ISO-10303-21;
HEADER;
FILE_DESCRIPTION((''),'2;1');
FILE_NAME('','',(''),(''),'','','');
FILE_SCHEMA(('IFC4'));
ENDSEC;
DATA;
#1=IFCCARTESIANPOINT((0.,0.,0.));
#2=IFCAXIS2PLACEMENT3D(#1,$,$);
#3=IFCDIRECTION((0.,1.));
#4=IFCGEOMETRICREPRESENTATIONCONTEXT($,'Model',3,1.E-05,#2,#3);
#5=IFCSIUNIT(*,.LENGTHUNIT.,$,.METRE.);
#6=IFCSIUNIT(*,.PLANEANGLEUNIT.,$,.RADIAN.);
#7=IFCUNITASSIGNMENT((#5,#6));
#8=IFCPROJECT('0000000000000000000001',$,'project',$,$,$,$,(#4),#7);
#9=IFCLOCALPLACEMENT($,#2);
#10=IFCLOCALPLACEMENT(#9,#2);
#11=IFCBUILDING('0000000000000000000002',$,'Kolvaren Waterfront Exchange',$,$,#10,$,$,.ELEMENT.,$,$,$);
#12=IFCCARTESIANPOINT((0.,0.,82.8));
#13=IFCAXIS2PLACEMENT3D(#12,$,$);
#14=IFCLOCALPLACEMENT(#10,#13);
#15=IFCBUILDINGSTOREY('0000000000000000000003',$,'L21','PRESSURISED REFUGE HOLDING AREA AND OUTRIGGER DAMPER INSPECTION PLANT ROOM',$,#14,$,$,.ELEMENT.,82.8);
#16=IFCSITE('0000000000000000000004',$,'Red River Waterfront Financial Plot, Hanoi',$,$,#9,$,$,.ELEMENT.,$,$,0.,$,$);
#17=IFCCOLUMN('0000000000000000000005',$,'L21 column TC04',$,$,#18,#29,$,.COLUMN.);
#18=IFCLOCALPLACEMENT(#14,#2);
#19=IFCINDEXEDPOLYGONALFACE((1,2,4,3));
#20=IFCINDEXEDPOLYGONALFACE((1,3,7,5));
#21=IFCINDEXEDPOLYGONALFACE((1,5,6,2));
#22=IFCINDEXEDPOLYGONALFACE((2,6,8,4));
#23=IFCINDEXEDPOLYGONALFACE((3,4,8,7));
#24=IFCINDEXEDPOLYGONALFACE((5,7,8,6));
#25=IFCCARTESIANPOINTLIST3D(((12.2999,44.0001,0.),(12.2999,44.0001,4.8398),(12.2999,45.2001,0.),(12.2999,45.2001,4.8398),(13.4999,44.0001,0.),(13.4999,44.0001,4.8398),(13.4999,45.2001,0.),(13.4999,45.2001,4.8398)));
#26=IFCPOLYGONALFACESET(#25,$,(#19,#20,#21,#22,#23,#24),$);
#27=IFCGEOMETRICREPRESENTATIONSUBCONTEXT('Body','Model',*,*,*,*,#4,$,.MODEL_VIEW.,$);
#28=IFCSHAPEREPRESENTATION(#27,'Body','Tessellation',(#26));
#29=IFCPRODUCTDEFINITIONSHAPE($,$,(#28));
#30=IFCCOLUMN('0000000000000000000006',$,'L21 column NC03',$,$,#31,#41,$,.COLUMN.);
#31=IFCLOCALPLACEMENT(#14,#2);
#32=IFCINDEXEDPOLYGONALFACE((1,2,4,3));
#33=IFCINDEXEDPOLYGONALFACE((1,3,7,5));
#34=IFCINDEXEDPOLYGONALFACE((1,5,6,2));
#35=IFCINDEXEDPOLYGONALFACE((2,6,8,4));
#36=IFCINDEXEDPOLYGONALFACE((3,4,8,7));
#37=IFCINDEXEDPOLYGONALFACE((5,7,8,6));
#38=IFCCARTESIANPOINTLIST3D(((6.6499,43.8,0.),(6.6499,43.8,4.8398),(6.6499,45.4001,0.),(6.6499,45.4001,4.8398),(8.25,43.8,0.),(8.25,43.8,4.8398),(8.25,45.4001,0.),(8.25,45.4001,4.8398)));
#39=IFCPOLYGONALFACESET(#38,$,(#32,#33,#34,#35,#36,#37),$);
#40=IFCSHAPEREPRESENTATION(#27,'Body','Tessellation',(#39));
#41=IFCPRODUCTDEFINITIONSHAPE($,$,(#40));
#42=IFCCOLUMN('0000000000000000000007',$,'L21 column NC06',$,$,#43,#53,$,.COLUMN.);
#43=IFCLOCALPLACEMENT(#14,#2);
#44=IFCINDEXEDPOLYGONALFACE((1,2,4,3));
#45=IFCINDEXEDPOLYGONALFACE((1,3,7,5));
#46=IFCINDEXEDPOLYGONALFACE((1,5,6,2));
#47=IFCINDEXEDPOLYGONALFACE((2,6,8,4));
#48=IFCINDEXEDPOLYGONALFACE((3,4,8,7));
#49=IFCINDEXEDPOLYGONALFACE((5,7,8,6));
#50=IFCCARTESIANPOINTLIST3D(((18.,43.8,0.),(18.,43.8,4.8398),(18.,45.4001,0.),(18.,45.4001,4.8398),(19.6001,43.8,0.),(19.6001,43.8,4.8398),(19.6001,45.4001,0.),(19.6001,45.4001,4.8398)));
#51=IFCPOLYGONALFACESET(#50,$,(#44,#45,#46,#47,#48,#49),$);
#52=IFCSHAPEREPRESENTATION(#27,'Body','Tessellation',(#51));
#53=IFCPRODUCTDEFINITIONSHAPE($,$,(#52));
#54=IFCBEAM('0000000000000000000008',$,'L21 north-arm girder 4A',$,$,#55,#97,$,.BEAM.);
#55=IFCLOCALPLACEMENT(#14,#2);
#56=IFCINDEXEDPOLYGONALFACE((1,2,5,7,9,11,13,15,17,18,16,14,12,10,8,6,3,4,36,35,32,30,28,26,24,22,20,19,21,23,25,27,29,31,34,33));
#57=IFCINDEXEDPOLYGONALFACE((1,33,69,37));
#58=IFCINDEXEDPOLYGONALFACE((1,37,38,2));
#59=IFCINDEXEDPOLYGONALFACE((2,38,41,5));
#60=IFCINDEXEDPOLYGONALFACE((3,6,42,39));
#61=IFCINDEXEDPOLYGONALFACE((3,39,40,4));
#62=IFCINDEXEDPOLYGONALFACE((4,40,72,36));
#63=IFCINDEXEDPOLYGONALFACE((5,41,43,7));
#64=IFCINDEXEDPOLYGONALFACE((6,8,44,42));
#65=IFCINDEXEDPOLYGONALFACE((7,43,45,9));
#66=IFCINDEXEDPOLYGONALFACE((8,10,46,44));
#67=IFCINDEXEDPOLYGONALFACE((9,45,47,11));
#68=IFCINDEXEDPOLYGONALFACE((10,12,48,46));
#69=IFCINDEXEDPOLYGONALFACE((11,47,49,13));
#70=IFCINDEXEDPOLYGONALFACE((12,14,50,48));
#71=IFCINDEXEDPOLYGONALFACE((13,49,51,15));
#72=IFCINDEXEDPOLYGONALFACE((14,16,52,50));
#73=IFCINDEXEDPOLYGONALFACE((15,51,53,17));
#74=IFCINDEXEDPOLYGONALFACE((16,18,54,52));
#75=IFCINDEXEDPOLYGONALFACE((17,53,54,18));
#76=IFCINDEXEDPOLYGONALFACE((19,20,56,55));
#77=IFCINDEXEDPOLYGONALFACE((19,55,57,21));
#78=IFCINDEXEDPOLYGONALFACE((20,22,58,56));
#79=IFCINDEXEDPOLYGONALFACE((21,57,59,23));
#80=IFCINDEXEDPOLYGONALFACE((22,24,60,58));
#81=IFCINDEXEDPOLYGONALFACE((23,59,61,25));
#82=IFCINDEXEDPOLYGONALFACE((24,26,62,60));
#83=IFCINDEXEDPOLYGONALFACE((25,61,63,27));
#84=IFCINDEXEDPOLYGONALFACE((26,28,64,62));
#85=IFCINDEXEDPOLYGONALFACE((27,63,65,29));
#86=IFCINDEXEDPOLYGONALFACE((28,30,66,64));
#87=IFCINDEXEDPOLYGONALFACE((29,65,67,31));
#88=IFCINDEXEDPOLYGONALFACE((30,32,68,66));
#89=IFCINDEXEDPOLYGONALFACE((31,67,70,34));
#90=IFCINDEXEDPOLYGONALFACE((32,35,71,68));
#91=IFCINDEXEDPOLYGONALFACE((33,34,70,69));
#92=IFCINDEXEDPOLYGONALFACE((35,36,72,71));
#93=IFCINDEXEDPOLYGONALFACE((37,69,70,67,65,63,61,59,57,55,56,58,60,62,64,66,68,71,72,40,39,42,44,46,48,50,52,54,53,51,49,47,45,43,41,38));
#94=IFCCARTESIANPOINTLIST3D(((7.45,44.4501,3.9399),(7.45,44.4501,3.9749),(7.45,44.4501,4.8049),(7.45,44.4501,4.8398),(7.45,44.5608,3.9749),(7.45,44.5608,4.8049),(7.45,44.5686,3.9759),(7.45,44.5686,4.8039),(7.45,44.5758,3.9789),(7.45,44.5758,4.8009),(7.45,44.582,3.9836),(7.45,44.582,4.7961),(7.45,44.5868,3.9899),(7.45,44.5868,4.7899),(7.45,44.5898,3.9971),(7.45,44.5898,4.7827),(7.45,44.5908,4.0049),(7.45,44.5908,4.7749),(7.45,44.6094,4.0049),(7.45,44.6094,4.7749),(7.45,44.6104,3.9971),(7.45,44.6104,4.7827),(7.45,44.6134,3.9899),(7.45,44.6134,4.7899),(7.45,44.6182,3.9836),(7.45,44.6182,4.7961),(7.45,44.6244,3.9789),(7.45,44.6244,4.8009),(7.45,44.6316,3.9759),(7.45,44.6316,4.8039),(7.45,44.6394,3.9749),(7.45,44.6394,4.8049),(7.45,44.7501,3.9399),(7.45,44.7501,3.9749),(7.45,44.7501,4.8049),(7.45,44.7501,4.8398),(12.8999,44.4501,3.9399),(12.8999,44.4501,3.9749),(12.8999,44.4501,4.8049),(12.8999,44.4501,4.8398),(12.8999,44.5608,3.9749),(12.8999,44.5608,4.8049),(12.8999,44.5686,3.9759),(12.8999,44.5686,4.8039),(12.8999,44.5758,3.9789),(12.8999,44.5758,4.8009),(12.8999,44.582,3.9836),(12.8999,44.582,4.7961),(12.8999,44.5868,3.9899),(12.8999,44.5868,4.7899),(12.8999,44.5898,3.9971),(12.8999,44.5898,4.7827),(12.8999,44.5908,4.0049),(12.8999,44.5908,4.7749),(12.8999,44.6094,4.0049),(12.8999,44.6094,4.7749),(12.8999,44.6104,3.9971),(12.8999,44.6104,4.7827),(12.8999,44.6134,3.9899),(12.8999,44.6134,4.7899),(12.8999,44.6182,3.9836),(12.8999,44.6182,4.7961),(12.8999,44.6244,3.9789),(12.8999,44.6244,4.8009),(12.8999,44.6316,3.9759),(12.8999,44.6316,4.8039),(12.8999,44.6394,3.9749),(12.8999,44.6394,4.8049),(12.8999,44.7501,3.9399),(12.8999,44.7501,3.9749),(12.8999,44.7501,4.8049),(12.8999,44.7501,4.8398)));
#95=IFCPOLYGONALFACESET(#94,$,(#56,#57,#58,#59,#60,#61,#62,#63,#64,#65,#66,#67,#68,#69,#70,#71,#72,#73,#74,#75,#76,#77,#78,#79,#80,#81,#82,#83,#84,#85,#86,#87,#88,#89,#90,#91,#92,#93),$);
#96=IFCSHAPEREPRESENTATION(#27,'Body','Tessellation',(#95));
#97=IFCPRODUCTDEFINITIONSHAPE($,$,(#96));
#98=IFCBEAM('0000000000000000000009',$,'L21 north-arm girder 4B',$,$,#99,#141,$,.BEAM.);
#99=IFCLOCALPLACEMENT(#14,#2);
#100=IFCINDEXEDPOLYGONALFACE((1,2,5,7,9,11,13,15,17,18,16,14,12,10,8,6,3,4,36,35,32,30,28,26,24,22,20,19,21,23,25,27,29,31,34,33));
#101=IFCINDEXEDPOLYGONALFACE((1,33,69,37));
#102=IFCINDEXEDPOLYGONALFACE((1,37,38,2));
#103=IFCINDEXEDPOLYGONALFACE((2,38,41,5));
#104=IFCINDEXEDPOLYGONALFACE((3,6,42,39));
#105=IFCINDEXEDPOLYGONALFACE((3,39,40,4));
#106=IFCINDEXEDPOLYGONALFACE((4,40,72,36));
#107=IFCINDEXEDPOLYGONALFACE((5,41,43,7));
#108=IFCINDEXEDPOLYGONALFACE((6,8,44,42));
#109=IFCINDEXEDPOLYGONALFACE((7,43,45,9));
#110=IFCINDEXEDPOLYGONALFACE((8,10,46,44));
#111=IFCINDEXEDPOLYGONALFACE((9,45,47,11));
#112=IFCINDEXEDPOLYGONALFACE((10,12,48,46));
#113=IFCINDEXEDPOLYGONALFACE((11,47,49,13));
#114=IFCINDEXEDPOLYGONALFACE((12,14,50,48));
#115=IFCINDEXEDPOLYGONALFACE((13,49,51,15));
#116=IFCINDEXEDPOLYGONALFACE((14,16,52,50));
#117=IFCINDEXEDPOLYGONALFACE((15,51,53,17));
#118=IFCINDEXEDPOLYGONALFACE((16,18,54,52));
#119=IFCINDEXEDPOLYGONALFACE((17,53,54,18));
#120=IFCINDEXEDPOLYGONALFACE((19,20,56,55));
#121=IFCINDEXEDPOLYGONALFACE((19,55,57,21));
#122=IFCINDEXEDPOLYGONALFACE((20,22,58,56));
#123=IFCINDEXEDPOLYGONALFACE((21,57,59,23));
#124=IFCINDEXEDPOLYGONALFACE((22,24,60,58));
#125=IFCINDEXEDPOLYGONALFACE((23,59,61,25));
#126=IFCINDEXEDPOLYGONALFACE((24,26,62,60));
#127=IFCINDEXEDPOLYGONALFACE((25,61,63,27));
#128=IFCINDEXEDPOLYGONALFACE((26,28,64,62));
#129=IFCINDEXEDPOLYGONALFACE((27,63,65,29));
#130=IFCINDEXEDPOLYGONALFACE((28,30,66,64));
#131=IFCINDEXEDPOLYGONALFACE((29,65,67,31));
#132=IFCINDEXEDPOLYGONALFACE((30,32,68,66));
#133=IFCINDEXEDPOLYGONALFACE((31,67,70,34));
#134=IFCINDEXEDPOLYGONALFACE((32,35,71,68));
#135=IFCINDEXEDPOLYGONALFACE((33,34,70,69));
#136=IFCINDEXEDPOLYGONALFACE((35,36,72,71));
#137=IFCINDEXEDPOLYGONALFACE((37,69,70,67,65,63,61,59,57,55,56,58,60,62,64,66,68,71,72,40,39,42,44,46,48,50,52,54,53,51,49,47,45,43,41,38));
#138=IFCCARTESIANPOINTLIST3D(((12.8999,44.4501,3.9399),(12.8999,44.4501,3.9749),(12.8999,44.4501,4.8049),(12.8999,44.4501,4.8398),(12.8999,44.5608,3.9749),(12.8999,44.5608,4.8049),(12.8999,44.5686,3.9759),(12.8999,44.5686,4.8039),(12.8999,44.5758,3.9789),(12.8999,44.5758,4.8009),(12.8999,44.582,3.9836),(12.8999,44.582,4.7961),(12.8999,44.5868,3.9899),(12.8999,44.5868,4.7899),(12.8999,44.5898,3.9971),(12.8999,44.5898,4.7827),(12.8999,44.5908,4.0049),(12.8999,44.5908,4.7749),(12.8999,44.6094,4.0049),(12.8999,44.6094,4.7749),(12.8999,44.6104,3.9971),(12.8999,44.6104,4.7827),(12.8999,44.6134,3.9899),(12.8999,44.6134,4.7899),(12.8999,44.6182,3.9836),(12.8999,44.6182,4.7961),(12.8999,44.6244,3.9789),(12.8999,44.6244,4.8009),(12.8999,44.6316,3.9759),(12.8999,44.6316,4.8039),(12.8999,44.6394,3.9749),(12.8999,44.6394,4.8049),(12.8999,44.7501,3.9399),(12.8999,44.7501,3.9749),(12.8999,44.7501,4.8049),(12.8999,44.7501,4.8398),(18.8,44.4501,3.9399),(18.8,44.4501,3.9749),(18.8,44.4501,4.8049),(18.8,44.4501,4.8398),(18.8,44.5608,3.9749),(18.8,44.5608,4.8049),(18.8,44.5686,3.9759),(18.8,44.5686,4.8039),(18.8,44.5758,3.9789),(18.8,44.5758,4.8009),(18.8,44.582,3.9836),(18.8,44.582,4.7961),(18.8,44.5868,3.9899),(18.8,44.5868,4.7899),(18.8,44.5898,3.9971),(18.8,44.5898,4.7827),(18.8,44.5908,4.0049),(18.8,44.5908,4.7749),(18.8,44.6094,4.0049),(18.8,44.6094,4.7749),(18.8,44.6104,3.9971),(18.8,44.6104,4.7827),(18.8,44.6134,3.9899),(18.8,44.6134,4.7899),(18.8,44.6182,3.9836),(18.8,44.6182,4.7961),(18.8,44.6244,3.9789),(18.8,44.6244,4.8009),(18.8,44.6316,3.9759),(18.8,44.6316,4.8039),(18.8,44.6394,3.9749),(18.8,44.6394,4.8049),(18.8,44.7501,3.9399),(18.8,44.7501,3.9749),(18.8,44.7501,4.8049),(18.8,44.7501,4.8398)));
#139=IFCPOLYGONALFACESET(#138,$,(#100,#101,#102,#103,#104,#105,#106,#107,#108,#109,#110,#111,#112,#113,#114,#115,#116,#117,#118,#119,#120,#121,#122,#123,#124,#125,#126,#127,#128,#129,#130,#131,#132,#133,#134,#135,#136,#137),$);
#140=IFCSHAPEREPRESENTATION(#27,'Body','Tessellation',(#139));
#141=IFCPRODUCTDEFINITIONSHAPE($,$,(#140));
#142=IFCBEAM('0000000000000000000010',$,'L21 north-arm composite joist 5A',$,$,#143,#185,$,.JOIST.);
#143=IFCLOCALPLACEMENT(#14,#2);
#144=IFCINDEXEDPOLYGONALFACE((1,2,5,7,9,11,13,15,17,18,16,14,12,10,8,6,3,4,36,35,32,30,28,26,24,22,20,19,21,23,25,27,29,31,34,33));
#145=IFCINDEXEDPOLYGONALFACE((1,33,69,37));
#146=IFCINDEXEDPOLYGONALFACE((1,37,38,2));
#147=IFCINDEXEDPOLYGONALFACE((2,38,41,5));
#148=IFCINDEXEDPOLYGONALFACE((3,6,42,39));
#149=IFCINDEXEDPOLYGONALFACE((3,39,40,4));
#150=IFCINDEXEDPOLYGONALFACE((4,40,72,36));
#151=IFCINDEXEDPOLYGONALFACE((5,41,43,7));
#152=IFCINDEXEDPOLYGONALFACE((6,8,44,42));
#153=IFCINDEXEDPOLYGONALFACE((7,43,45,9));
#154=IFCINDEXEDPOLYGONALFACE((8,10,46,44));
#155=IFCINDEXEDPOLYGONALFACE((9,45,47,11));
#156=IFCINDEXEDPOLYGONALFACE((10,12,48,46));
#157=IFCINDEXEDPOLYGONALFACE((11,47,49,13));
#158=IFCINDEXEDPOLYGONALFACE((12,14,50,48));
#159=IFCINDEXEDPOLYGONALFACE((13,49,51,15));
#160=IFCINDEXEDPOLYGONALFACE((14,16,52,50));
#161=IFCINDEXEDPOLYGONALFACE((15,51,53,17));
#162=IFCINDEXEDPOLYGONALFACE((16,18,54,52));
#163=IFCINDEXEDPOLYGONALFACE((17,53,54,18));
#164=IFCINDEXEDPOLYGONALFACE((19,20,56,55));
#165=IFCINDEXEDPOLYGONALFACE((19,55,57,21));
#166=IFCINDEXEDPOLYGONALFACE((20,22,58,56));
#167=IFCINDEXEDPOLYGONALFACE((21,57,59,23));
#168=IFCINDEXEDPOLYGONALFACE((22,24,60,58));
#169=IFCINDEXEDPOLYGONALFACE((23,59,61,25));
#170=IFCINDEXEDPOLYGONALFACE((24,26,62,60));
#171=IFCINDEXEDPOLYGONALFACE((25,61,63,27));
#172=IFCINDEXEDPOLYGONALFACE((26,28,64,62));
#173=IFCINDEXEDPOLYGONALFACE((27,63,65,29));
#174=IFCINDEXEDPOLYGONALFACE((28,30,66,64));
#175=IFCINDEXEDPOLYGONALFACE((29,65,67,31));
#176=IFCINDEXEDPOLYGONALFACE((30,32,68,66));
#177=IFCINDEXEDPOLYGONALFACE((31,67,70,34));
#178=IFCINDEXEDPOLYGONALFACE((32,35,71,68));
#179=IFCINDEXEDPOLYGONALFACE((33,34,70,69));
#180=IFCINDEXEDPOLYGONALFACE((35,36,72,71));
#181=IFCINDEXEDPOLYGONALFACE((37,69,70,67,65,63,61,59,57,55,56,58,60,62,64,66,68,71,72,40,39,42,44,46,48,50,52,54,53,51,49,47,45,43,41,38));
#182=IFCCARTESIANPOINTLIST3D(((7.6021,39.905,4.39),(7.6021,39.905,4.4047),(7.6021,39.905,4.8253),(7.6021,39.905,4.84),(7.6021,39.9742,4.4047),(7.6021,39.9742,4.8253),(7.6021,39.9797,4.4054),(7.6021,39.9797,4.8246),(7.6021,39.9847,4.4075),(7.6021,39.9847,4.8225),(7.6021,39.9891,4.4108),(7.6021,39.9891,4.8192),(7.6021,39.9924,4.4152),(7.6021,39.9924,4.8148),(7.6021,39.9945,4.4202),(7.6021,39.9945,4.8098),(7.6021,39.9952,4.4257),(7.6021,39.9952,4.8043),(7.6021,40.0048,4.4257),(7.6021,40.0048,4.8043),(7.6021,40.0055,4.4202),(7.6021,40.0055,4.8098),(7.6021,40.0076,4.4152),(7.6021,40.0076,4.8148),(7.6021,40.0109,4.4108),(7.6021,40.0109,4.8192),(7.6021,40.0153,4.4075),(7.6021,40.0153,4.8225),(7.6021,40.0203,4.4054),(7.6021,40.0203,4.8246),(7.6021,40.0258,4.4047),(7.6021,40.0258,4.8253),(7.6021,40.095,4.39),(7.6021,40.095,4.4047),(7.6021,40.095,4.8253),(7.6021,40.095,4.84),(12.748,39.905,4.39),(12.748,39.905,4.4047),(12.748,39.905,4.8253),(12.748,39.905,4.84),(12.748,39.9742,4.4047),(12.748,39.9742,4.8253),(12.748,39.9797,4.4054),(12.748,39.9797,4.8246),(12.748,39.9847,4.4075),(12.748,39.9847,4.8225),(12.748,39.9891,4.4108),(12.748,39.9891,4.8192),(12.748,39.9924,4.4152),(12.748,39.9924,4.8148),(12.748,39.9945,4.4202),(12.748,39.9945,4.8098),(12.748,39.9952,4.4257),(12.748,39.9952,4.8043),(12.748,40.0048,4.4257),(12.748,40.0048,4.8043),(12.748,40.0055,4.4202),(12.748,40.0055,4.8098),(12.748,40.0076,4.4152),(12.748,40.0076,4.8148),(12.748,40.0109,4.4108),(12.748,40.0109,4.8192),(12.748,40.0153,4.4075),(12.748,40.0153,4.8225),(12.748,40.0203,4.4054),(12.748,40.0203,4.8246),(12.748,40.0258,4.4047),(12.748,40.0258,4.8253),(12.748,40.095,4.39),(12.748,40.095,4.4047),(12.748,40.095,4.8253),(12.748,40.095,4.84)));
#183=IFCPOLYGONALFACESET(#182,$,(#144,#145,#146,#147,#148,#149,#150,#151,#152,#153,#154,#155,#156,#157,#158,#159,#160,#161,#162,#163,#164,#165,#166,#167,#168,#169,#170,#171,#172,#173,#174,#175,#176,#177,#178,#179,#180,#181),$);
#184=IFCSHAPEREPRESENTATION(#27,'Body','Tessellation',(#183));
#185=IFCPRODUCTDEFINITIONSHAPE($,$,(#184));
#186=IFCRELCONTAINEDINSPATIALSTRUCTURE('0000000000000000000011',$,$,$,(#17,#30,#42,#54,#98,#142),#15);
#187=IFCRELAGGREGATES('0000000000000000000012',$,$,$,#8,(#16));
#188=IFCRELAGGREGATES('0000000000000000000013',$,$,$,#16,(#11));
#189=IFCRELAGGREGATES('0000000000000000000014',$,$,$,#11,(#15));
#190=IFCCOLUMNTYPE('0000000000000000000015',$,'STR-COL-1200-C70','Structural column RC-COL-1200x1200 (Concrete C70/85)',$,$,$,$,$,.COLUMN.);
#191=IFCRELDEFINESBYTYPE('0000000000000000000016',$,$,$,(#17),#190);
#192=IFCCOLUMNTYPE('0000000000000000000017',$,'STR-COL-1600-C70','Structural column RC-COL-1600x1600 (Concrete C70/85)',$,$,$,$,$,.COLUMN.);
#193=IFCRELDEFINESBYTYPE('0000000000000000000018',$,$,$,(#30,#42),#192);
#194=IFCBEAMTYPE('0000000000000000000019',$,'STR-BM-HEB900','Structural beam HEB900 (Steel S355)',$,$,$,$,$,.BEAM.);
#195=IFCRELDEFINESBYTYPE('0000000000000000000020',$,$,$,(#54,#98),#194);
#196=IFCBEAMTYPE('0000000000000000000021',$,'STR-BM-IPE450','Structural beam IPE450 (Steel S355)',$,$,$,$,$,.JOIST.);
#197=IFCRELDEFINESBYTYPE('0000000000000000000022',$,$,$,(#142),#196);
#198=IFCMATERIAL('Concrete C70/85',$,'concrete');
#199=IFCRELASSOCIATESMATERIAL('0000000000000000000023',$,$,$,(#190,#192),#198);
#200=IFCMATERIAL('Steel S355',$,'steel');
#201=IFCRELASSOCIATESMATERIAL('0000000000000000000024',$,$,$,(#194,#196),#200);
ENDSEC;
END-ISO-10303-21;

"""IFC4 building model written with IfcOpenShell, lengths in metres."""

from ifc_helpers import new_model, si_unit, direction, frame, origin, origin_2d, place, context, subcontext, project, spatial, rectangle, i_section, extrude, material, material_profile, profile_set, type_object, element, save


model = new_model("IFC4")

# Units and contexts
model_context = context("Model", 3, precision=1e-05, world=origin(), true_north=direction((0.0, 1.0)))
body_context = subcontext(model_context, "Body", "Model", "MODEL_VIEW")
ifc_project = project(units=[si_unit("LENGTHUNIT", "METRE"), si_unit("PLANEANGLEUNIT", "RADIAN")], contexts=[model_context])

# Site, building, storey
site_placement = place(None, origin())
site = spatial("IfcSite", under=ifc_project, at=site_placement, Name="Red River Waterfront Financial Plot, Hanoi", CompositionType="ELEMENT", RefElevation=0.0)
building_placement = place(site_placement, origin())
building = spatial("IfcBuilding", under=site, at=building_placement, Name="Kolvaren Waterfront Exchange", CompositionType="ELEMENT")
storey_placement = place(building_placement, frame((0.0, 0.0, 82.8)))
storey = spatial("IfcBuildingStorey", under=building, at=storey_placement, Name="L21", Description="PRESSURISED REFUGE HOLDING AREA AND OUTRIGGER DAMPER INSPECTION PLANT ROOM", CompositionType="ELEMENT", Elevation=82.8)

# Columns
ifc_material_1 = material(Name="Concrete C70/85", Category="concrete")
ifc_material_profile_1 = material_profile(ifc_material_1, rectangle(XDim=1.2, YDim=1.2, at=origin_2d()), Name="RC-COL-1200x1200")
ifc_profile_set_1 = profile_set([ifc_material_profile_1], Name="Concrete C70/85")
column_type_1 = type_object("IfcColumnType", Name="STR-COL-1200-C70", Description="Structural column RC-COL-1200x1200 (Concrete C70/85)", PredefinedType="COLUMN", material=ifc_profile_set_1)
column_placement = place(storey_placement, frame((12.8999, 44.6001, 0.0), z_axis=(0.0, 0.0, 1.0), x_axis=(1.0, 0.0, 0.0)))
element("IfcColumn", 1, at=column_placement, inside=storey, type_object=column_type_1, Name="L21 column TC04", PredefinedType="COLUMN", context=body_context, shape_type="SweptSolid", body=[
    extrude(rectangle(XDim=1.2, YDim=1.2, at=origin_2d()), origin(), (0.0, 0.0, 1.0), 4.8398),
])
ifc_material_profile_2 = material_profile(ifc_material_1, rectangle(XDim=1.6001, YDim=1.6001, at=origin_2d()), Name="RC-COL-1600x1600")
ifc_profile_set_2 = profile_set([ifc_material_profile_2], Name="Concrete C70/85")
column_type_2 = type_object("IfcColumnType", Name="STR-COL-1600-C70", Description="Structural column RC-COL-1600x1600 (Concrete C70/85)", PredefinedType="COLUMN", material=ifc_profile_set_2)
for number, where, z_axis, x_axis, name in (
    (2, (7.45, 44.6001, 0.0), (0.0, 0.0, 1.0), (1.0, 0.0, 0.0), "L21 column NC03"),
    (3, (18.8, 44.6001, 0.0), (0.0, 0.0, 1.0), (1.0, 0.0, 0.0), "L21 column NC06"),
):
    element("IfcColumn", number, at=place(storey_placement, frame(where, z_axis=z_axis, x_axis=x_axis)), inside=storey, type_object=column_type_2, Name=name, PredefinedType="COLUMN", context=body_context, shape_type="SweptSolid", body=[
        extrude(rectangle(XDim=1.6001, YDim=1.6001, at=origin_2d()), origin(), (0.0, 0.0, 1.0), 4.8398),
    ])

# Beams
ifc_material_2 = material(Name="Steel S355", Category="steel")
ifc_material_profile_3 = material_profile(ifc_material_2, i_section(OverallWidth=0.3, OverallDepth=0.8999, WebThickness=0.0186, FlangeThickness=0.0349, FilletRadius=0.03, at=origin_2d()), Name="HEB900")
ifc_profile_set_3 = profile_set([ifc_material_profile_3], Name="Steel S355")
beam_type_1 = type_object("IfcBeamType", Name="STR-BM-HEB900", Description="Structural beam HEB900 (Steel S355)", PredefinedType="BEAM", material=ifc_profile_set_3)
beam_1_placement = place(storey_placement, frame((7.45, 44.6001, 4.3899), z_axis=(1.0, 0.0, 0.0), x_axis=(0.0, 1.0, 0.0)))
element("IfcBeam", 4, at=beam_1_placement, inside=storey, type_object=beam_type_1, Name="L21 north-arm girder 4A", PredefinedType="BEAM", context=body_context, shape_type="SweptSolid", body=[
    extrude(i_section(OverallWidth=0.3, OverallDepth=0.8999, WebThickness=0.0186, FlangeThickness=0.0349, FilletRadius=0.03, at=origin_2d()), origin(), (0.0, 0.0, 1.0), 5.45),
])
beam_2_placement = place(storey_placement, frame((12.8999, 44.6001, 4.3899), z_axis=(1.0, 0.0, 0.0), x_axis=(0.0, 1.0, 0.0)))
element("IfcBeam", 5, at=beam_2_placement, inside=storey, type_object=beam_type_1, Name="L21 north-arm girder 4B", PredefinedType="BEAM", context=body_context, shape_type="SweptSolid", body=[
    extrude(i_section(OverallWidth=0.3, OverallDepth=0.8999, WebThickness=0.0186, FlangeThickness=0.0349, FilletRadius=0.03, at=origin_2d()), origin(), (0.0, 0.0, 1.0), 5.9001),
])
ifc_material_profile_4 = material_profile(ifc_material_2, i_section(OverallWidth=0.1899, OverallDepth=0.45, WebThickness=0.0095, FlangeThickness=0.0146, FilletRadius=0.021, at=origin_2d()), Name="IPE450")
ifc_profile_set_4 = profile_set([ifc_material_profile_4], Name="Steel S355")
beam_type_2 = type_object("IfcBeamType", Name="STR-BM-IPE450", Description="Structural beam IPE450 (Steel S355)", PredefinedType="JOIST", material=ifc_profile_set_4)
beam_3_placement = place(storey_placement, frame((7.6021, 40.0, 4.615), z_axis=(1.0, 0.0, 0.0), x_axis=(0.0, 1.0, 0.0)))
element("IfcBeam", 6, at=beam_3_placement, inside=storey, type_object=beam_type_2, Name="L21 north-arm composite joist 5A", PredefinedType="JOIST", context=body_context, shape_type="SweptSolid", body=[
    extrude(i_section(OverallWidth=0.1899, OverallDepth=0.45, WebThickness=0.0095, FlangeThickness=0.0146, FilletRadius=0.021, at=origin_2d()), origin(), (0.0, 0.0, 1.0), 5.146),
])

save(model, "model.ifc")
